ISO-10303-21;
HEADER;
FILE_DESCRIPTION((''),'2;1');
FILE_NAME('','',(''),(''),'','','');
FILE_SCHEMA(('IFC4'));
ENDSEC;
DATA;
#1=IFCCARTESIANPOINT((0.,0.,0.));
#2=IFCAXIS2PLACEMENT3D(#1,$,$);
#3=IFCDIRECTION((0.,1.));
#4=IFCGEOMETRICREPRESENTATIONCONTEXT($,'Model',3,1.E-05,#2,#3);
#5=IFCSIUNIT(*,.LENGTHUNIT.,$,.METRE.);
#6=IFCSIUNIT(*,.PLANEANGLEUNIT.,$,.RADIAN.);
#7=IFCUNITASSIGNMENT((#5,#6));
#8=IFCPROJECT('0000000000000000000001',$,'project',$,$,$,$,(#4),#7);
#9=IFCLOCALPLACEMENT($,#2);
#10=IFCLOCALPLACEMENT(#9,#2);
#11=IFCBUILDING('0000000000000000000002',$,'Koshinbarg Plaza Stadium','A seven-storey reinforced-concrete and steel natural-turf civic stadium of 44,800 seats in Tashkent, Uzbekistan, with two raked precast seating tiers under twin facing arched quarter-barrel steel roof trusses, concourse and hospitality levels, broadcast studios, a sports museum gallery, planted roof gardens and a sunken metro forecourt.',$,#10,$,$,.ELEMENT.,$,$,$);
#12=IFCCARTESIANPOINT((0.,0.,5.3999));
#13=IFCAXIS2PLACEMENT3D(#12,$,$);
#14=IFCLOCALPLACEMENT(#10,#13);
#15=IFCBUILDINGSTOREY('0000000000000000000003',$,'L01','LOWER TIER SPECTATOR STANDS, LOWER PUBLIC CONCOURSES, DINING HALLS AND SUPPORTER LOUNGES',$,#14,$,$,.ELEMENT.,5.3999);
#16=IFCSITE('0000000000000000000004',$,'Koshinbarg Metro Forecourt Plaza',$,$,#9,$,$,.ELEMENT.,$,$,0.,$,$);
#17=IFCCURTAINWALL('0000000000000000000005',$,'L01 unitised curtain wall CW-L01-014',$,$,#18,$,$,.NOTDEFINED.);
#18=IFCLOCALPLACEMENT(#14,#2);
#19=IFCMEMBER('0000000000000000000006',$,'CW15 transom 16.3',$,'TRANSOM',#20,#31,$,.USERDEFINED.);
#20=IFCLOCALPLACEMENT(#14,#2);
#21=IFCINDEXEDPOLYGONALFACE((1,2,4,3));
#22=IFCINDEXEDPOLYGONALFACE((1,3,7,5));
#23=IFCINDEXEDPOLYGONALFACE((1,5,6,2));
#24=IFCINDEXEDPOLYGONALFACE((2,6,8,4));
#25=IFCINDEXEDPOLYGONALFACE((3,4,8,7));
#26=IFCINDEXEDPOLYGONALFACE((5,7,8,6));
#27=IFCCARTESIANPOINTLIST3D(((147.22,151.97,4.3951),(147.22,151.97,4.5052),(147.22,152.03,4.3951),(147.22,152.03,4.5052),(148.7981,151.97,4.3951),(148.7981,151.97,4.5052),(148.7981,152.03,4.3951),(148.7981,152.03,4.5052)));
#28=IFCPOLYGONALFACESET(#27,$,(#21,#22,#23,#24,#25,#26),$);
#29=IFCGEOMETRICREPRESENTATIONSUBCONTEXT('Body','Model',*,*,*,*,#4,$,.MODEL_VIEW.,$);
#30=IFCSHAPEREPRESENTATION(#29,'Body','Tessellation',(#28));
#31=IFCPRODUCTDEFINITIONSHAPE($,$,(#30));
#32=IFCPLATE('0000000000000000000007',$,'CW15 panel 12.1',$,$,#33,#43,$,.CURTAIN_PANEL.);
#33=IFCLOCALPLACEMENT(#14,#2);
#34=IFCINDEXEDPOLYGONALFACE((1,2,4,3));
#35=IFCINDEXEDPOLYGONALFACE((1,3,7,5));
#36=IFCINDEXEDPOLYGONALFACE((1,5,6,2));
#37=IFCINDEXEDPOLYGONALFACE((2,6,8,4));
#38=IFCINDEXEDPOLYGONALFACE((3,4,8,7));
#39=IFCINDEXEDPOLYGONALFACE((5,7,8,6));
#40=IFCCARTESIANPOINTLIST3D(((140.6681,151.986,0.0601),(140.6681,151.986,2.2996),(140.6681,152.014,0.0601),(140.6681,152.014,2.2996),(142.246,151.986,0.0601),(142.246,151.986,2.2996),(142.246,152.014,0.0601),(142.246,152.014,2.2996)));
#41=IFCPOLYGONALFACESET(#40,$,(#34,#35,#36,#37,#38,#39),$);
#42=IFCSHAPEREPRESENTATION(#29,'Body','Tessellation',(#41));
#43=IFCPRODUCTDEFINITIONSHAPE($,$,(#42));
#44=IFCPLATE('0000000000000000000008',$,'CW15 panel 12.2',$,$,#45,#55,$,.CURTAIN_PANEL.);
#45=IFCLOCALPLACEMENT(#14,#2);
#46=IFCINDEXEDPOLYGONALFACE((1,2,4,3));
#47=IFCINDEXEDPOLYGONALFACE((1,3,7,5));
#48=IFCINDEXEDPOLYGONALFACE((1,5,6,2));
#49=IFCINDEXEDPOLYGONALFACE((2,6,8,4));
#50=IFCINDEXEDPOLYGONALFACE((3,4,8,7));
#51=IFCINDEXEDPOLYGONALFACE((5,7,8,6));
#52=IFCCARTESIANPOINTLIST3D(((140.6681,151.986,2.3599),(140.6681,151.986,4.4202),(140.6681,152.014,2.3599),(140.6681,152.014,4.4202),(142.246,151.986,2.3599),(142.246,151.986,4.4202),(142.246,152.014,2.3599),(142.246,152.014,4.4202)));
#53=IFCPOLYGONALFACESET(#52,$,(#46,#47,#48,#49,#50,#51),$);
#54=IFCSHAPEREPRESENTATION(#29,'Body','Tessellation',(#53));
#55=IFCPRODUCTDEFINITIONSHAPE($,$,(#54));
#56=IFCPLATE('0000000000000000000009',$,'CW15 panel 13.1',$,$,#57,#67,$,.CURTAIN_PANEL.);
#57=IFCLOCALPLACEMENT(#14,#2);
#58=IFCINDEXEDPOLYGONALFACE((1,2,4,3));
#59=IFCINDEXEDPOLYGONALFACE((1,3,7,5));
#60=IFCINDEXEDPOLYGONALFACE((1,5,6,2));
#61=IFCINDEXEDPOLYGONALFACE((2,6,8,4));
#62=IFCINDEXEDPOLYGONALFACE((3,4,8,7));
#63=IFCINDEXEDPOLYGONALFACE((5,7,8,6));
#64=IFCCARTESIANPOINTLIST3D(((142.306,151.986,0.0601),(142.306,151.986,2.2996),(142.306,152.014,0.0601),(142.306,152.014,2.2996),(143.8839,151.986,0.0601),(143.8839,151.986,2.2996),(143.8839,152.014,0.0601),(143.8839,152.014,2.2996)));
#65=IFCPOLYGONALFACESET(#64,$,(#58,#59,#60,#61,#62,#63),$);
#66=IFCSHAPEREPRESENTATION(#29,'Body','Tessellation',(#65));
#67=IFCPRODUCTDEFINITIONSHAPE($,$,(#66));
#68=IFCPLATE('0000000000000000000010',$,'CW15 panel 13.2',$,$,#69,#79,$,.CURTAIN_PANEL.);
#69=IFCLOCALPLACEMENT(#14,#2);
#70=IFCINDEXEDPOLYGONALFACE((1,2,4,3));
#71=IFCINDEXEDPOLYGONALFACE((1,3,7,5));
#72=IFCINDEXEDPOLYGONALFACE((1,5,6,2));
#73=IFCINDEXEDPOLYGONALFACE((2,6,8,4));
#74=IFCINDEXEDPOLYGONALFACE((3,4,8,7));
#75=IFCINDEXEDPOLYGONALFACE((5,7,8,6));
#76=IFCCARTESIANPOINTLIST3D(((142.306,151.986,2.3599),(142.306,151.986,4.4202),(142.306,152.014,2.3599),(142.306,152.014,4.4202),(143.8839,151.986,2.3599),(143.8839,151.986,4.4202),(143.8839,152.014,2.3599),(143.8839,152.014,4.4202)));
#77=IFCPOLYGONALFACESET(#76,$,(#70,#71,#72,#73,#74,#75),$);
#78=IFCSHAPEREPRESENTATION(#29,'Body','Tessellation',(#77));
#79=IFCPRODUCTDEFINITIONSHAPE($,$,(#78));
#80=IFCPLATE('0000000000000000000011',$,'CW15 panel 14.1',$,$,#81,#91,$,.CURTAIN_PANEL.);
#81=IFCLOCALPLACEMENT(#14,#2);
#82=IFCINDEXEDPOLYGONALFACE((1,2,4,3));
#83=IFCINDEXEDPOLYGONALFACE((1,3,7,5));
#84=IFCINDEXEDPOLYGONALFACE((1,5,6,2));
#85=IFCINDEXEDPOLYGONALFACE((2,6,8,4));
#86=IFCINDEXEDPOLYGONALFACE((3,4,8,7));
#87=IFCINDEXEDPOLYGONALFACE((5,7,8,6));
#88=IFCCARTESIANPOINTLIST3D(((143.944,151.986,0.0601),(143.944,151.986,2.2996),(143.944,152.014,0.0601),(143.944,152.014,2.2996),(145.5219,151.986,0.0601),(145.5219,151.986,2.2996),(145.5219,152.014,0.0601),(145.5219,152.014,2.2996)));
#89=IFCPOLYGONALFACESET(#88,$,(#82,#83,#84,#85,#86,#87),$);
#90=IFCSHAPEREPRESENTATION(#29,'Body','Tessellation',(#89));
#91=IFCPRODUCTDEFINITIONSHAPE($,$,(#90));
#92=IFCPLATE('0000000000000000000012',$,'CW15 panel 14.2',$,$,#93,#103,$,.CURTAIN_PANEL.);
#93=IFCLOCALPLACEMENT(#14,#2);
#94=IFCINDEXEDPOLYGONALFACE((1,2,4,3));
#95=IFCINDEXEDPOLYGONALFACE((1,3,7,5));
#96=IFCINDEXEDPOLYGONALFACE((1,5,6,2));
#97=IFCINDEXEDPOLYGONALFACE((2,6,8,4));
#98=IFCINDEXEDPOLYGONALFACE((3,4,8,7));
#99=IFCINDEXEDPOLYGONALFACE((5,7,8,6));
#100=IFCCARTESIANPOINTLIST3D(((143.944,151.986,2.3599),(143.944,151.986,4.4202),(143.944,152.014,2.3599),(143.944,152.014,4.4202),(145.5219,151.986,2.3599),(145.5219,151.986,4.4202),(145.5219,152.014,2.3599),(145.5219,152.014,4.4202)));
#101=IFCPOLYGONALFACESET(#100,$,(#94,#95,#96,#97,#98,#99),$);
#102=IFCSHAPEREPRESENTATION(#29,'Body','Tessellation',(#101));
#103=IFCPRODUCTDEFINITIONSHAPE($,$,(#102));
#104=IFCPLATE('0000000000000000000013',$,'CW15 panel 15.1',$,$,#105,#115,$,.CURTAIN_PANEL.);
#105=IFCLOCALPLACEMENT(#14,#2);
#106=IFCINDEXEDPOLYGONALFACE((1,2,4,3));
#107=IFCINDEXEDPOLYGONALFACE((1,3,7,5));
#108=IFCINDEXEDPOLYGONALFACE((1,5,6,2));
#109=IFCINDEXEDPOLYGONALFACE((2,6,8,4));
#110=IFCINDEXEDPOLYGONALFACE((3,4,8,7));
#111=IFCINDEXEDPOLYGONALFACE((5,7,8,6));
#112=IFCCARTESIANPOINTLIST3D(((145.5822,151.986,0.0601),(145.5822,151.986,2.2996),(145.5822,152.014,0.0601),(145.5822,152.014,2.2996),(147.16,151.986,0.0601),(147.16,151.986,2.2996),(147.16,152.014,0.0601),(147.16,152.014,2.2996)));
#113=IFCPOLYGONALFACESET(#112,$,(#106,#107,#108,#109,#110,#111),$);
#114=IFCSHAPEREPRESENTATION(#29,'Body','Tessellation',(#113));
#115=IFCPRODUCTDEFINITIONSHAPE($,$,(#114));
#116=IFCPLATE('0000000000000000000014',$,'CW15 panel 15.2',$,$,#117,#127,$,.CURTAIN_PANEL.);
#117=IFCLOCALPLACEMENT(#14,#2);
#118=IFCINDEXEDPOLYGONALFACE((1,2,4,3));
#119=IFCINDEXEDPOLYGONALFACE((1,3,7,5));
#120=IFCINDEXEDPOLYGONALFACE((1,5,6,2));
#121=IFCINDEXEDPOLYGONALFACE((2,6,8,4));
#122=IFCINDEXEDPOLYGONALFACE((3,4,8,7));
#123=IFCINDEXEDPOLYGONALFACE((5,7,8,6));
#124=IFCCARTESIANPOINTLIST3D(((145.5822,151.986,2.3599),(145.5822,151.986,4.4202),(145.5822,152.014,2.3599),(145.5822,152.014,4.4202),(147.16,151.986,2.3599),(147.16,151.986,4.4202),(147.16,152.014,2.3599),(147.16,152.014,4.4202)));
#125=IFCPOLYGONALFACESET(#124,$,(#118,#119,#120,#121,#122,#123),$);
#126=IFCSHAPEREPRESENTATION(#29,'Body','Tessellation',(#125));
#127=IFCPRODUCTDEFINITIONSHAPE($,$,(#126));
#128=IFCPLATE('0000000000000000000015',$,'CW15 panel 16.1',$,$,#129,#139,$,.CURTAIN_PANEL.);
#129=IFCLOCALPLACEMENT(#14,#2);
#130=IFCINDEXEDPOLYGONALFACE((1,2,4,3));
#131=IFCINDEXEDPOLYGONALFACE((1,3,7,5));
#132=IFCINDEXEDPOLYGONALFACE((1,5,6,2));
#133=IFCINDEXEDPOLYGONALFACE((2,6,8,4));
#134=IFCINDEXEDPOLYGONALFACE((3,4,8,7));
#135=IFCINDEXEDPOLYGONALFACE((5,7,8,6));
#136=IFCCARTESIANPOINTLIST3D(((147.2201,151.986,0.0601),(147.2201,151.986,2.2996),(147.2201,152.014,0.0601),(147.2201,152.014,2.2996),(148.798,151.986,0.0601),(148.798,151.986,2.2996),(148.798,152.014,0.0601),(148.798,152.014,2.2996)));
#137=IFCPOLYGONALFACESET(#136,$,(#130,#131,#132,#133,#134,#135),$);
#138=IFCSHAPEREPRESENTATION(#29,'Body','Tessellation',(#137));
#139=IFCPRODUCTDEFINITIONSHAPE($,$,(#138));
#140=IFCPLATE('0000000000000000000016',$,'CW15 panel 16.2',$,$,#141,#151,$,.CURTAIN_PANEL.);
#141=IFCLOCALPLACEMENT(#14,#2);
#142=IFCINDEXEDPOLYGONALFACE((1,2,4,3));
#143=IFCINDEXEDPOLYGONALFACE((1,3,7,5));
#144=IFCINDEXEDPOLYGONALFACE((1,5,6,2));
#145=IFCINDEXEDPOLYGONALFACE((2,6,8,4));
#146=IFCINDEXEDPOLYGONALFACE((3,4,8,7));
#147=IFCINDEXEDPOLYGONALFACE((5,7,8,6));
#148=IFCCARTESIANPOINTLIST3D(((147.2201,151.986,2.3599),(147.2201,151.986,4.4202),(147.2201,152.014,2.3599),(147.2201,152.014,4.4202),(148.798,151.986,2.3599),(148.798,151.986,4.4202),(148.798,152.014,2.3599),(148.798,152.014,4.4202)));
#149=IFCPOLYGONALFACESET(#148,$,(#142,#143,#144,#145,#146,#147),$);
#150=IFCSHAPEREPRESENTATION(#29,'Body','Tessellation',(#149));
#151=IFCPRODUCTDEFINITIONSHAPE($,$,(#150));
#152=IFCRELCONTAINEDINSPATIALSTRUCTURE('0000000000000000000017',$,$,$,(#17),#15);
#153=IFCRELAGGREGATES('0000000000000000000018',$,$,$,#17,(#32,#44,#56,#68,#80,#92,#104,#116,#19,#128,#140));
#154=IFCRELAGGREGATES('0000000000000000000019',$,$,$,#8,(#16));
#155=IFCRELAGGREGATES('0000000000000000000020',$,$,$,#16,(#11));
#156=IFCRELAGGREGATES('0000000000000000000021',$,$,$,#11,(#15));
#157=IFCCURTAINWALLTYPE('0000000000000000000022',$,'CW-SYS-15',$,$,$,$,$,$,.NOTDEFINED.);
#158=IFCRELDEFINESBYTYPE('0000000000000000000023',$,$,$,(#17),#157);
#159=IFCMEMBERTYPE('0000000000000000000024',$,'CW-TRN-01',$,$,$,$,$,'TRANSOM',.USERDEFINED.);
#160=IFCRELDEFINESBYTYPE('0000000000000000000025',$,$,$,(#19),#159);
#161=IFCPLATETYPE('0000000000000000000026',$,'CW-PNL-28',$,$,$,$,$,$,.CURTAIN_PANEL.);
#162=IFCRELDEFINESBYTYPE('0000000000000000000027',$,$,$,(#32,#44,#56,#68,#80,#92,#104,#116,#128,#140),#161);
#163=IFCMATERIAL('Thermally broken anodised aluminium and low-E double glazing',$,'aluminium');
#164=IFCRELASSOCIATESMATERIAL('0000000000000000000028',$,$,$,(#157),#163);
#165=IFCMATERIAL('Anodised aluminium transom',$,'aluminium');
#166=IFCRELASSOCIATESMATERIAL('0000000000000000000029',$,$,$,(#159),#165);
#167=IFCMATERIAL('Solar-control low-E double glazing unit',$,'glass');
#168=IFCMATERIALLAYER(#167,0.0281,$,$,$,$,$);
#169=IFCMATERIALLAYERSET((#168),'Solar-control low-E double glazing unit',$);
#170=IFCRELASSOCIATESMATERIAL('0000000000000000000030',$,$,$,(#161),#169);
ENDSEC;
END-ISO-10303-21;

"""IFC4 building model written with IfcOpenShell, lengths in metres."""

from ifc_helpers import new_model, si_unit, direction, frame, origin, origin_2d, place, context, subcontext, project, spatial, rectangle, extrude, material, layer, layer_set, material_profile, profile_set, type_object, element, aggregate, save


model = new_model("IFC4")

# Units and contexts
model_context = context("Model", 3, precision=1e-05, world=origin(), true_north=direction((0.0, 1.0)))
body_context = subcontext(model_context, "Body", "Model", "MODEL_VIEW")
ifc_project = project(units=[si_unit("LENGTHUNIT", "METRE"), si_unit("PLANEANGLEUNIT", "RADIAN")], contexts=[model_context])

# Site, building, storey
site_placement = place(None, origin())
site = spatial("IfcSite", under=ifc_project, at=site_placement, Name="Koshinbarg Metro Forecourt Plaza", CompositionType="ELEMENT", RefElevation=0.0)
building_placement = place(site_placement, origin())
building = spatial("IfcBuilding", under=site, at=building_placement, Name="Koshinbarg Plaza Stadium", Description="A seven-storey reinforced-concrete and steel natural-turf civic stadium of 44,800 seats in Tashkent, Uzbekistan, with two raked precast seating tiers under twin facing arched quarter-barrel steel roof trusses, concourse and hospitality levels, broadcast studios, a sports museum gallery, planted roof gardens and a sunken metro forecourt.", CompositionType="ELEMENT")
storey_placement = place(building_placement, frame((0.0, 0.0, 5.3999)))
storey = spatial("IfcBuildingStorey", under=building, at=storey_placement, Name="L01", Description="LOWER TIER SPECTATOR STANDS, LOWER PUBLIC CONCOURSES, DINING HALLS AND SUPPORTER LOUNGES", CompositionType="ELEMENT", Elevation=5.3999)

# Curtain wall, member, plates
ifc_material_1 = material(Name="Thermally broken anodised aluminium and low-E double glazing", Category="aluminium")
curtain_wall_type = type_object("IfcCurtainWallType", Name="CW-SYS-15", PredefinedType="NOTDEFINED", material=ifc_material_1)
curtain_wall_placement = place(storey_placement, origin())
curtain_wall = element("IfcCurtainWall", 1, at=curtain_wall_placement, inside=storey, type_object=curtain_wall_type, Name="L01 unitised curtain wall CW-L01-014", PredefinedType="NOTDEFINED")
ifc_material_2 = material(Name="Anodised aluminium transom", Category="aluminium")
ifc_material_profile_1 = material_profile(ifc_material_2, rectangle(XDim=0.0601, YDim=0.1101, at=origin_2d()), Name="ALU 60x110")
ifc_profile_set_1 = profile_set([ifc_material_profile_1], Name="Anodised aluminium transom")
member_type_1 = type_object("IfcMemberType", Name="CW-TRN-01", ElementType="TRANSOM", PredefinedType="USERDEFINED", material=ifc_profile_set_1)
member_1_placement = place(storey_placement, frame((147.22, 152.0, 4.4502), z_axis=(1.0, 0.0, 0.0), x_axis=(0.0, 1.0, 0.0)))
member_1 = element("IfcMember", 2, at=member_1_placement, type_object=member_type_1, Name="CW15 transom 16.3", ObjectType="TRANSOM", PredefinedType="USERDEFINED", context=body_context, shape_type="SweptSolid", body=[
    extrude(rectangle(XDim=0.0601, YDim=0.1101, at=origin_2d()), origin(), (0.0, 0.0, 1.0), 1.5781),
])
ifc_material_3 = material(Name="Solar-control low-E double glazing unit", Category="glass")
ifc_layer = layer(ifc_material_3, 0.0281)
ifc_layer_set = layer_set([ifc_layer], Name="Solar-control low-E double glazing unit")
plate_type = type_object("IfcPlateType", Name="CW-PNL-28", PredefinedType="CURTAIN_PANEL", material=ifc_layer_set)
plate_1_placement = place(storey_placement, frame((141.457, 152.0, 0.0601), z_axis=(0.0, 0.0, 1.0), x_axis=(1.0, 0.0, 0.0)))
plate_1 = element("IfcPlate", 3, at=plate_1_placement, type_object=plate_type, Name="CW15 panel 12.1", PredefinedType="CURTAIN_PANEL", context=body_context, shape_type="SweptSolid", body=[
    extrude(rectangle(XDim=1.5779, YDim=0.0281, at=origin_2d()), origin(), (0.0, 0.0, 1.0), 2.2395),
])
plate_2_placement = place(storey_placement, frame((141.457, 152.0, 2.3599), z_axis=(0.0, 0.0, 1.0), x_axis=(1.0, 0.0, 0.0)))
plate_2 = element("IfcPlate", 4, at=plate_2_placement, type_object=plate_type, Name="CW15 panel 12.2", PredefinedType="CURTAIN_PANEL", context=body_context, shape_type="SweptSolid", body=[
    extrude(rectangle(XDim=1.5779, YDim=0.0281, at=origin_2d()), origin(), (0.0, 0.0, 1.0), 2.0603),
])
plate_3_placement = place(storey_placement, frame((143.095, 152.0, 0.0601), z_axis=(0.0, 0.0, 1.0), x_axis=(1.0, 0.0, 0.0)))
plate_3 = element("IfcPlate", 5, at=plate_3_placement, type_object=plate_type, Name="CW15 panel 13.1", PredefinedType="CURTAIN_PANEL", context=body_context, shape_type="SweptSolid", body=[
    extrude(rectangle(XDim=1.5779, YDim=0.0281, at=origin_2d()), origin(), (0.0, 0.0, 1.0), 2.2395),
])
plate_4_placement = place(storey_placement, frame((143.095, 152.0, 2.3599), z_axis=(0.0, 0.0, 1.0), x_axis=(1.0, 0.0, 0.0)))
plate_4 = element("IfcPlate", 6, at=plate_4_placement, type_object=plate_type, Name="CW15 panel 13.2", PredefinedType="CURTAIN_PANEL", context=body_context, shape_type="SweptSolid", body=[
    extrude(rectangle(XDim=1.5779, YDim=0.0281, at=origin_2d()), origin(), (0.0, 0.0, 1.0), 2.0603),
])
plate_5_placement = place(storey_placement, frame((144.7329, 152.0, 0.0601), z_axis=(0.0, 0.0, 1.0), x_axis=(1.0, 0.0, 0.0)))
plate_5 = element("IfcPlate", 7, at=plate_5_placement, type_object=plate_type, Name="CW15 panel 14.1", PredefinedType="CURTAIN_PANEL", context=body_context, shape_type="SweptSolid", body=[
    extrude(rectangle(XDim=1.5779, YDim=0.0281, at=origin_2d()), origin(), (0.0, 0.0, 1.0), 2.2395),
])
plate_6_placement = place(storey_placement, frame((144.7329, 152.0, 2.3599), z_axis=(0.0, 0.0, 1.0), x_axis=(1.0, 0.0, 0.0)))
plate_6 = element("IfcPlate", 8, at=plate_6_placement, type_object=plate_type, Name="CW15 panel 14.2", PredefinedType="CURTAIN_PANEL", context=body_context, shape_type="SweptSolid", body=[
    extrude(rectangle(XDim=1.5779, YDim=0.0281, at=origin_2d()), origin(), (0.0, 0.0, 1.0), 2.0603),
])
plate_7_placement = place(storey_placement, frame((146.3711, 152.0, 0.0601), z_axis=(0.0, 0.0, 1.0), x_axis=(1.0, 0.0, 0.0)))
plate_7 = element("IfcPlate", 9, at=plate_7_placement, type_object=plate_type, Name="CW15 panel 15.1", PredefinedType="CURTAIN_PANEL", context=body_context, shape_type="SweptSolid", body=[
    extrude(rectangle(XDim=1.5779, YDim=0.0281, at=origin_2d()), origin(), (0.0, 0.0, 1.0), 2.2395),
])
plate_8_placement = place(storey_placement, frame((146.3711, 152.0, 2.3599), z_axis=(0.0, 0.0, 1.0), x_axis=(1.0, 0.0, 0.0)))
plate_8 = element("IfcPlate", 10, at=plate_8_placement, type_object=plate_type, Name="CW15 panel 15.2", PredefinedType="CURTAIN_PANEL", context=body_context, shape_type="SweptSolid", body=[
    extrude(rectangle(XDim=1.5779, YDim=0.0281, at=origin_2d()), origin(), (0.0, 0.0, 1.0), 2.0603),
])
plate_9_placement = place(storey_placement, frame((148.009, 152.0, 0.0601), z_axis=(0.0, 0.0, 1.0), x_axis=(1.0, 0.0, 0.0)))
plate_9 = element("IfcPlate", 11, at=plate_9_placement, type_object=plate_type, Name="CW15 panel 16.1", PredefinedType="CURTAIN_PANEL", context=body_context, shape_type="SweptSolid", body=[
    extrude(rectangle(XDim=1.5779, YDim=0.0281, at=origin_2d()), origin(), (0.0, 0.0, 1.0), 2.2395),
])
plate_10_placement = place(storey_placement, frame((148.009, 152.0, 2.3599), z_axis=(0.0, 0.0, 1.0), x_axis=(1.0, 0.0, 0.0)))
plate_10 = element("IfcPlate", 12, at=plate_10_placement, type_object=plate_type, Name="CW15 panel 16.2", PredefinedType="CURTAIN_PANEL", context=body_context, shape_type="SweptSolid", body=[
    extrude(rectangle(XDim=1.5779, YDim=0.0281, at=origin_2d()), origin(), (0.0, 0.0, 1.0), 2.0603),
])
aggregate(curtain_wall, [plate_1, plate_2, plate_3, plate_4, plate_5, plate_6, plate_7, plate_8, member_1, plate_9, plate_10])

save(model, "model.ifc")
